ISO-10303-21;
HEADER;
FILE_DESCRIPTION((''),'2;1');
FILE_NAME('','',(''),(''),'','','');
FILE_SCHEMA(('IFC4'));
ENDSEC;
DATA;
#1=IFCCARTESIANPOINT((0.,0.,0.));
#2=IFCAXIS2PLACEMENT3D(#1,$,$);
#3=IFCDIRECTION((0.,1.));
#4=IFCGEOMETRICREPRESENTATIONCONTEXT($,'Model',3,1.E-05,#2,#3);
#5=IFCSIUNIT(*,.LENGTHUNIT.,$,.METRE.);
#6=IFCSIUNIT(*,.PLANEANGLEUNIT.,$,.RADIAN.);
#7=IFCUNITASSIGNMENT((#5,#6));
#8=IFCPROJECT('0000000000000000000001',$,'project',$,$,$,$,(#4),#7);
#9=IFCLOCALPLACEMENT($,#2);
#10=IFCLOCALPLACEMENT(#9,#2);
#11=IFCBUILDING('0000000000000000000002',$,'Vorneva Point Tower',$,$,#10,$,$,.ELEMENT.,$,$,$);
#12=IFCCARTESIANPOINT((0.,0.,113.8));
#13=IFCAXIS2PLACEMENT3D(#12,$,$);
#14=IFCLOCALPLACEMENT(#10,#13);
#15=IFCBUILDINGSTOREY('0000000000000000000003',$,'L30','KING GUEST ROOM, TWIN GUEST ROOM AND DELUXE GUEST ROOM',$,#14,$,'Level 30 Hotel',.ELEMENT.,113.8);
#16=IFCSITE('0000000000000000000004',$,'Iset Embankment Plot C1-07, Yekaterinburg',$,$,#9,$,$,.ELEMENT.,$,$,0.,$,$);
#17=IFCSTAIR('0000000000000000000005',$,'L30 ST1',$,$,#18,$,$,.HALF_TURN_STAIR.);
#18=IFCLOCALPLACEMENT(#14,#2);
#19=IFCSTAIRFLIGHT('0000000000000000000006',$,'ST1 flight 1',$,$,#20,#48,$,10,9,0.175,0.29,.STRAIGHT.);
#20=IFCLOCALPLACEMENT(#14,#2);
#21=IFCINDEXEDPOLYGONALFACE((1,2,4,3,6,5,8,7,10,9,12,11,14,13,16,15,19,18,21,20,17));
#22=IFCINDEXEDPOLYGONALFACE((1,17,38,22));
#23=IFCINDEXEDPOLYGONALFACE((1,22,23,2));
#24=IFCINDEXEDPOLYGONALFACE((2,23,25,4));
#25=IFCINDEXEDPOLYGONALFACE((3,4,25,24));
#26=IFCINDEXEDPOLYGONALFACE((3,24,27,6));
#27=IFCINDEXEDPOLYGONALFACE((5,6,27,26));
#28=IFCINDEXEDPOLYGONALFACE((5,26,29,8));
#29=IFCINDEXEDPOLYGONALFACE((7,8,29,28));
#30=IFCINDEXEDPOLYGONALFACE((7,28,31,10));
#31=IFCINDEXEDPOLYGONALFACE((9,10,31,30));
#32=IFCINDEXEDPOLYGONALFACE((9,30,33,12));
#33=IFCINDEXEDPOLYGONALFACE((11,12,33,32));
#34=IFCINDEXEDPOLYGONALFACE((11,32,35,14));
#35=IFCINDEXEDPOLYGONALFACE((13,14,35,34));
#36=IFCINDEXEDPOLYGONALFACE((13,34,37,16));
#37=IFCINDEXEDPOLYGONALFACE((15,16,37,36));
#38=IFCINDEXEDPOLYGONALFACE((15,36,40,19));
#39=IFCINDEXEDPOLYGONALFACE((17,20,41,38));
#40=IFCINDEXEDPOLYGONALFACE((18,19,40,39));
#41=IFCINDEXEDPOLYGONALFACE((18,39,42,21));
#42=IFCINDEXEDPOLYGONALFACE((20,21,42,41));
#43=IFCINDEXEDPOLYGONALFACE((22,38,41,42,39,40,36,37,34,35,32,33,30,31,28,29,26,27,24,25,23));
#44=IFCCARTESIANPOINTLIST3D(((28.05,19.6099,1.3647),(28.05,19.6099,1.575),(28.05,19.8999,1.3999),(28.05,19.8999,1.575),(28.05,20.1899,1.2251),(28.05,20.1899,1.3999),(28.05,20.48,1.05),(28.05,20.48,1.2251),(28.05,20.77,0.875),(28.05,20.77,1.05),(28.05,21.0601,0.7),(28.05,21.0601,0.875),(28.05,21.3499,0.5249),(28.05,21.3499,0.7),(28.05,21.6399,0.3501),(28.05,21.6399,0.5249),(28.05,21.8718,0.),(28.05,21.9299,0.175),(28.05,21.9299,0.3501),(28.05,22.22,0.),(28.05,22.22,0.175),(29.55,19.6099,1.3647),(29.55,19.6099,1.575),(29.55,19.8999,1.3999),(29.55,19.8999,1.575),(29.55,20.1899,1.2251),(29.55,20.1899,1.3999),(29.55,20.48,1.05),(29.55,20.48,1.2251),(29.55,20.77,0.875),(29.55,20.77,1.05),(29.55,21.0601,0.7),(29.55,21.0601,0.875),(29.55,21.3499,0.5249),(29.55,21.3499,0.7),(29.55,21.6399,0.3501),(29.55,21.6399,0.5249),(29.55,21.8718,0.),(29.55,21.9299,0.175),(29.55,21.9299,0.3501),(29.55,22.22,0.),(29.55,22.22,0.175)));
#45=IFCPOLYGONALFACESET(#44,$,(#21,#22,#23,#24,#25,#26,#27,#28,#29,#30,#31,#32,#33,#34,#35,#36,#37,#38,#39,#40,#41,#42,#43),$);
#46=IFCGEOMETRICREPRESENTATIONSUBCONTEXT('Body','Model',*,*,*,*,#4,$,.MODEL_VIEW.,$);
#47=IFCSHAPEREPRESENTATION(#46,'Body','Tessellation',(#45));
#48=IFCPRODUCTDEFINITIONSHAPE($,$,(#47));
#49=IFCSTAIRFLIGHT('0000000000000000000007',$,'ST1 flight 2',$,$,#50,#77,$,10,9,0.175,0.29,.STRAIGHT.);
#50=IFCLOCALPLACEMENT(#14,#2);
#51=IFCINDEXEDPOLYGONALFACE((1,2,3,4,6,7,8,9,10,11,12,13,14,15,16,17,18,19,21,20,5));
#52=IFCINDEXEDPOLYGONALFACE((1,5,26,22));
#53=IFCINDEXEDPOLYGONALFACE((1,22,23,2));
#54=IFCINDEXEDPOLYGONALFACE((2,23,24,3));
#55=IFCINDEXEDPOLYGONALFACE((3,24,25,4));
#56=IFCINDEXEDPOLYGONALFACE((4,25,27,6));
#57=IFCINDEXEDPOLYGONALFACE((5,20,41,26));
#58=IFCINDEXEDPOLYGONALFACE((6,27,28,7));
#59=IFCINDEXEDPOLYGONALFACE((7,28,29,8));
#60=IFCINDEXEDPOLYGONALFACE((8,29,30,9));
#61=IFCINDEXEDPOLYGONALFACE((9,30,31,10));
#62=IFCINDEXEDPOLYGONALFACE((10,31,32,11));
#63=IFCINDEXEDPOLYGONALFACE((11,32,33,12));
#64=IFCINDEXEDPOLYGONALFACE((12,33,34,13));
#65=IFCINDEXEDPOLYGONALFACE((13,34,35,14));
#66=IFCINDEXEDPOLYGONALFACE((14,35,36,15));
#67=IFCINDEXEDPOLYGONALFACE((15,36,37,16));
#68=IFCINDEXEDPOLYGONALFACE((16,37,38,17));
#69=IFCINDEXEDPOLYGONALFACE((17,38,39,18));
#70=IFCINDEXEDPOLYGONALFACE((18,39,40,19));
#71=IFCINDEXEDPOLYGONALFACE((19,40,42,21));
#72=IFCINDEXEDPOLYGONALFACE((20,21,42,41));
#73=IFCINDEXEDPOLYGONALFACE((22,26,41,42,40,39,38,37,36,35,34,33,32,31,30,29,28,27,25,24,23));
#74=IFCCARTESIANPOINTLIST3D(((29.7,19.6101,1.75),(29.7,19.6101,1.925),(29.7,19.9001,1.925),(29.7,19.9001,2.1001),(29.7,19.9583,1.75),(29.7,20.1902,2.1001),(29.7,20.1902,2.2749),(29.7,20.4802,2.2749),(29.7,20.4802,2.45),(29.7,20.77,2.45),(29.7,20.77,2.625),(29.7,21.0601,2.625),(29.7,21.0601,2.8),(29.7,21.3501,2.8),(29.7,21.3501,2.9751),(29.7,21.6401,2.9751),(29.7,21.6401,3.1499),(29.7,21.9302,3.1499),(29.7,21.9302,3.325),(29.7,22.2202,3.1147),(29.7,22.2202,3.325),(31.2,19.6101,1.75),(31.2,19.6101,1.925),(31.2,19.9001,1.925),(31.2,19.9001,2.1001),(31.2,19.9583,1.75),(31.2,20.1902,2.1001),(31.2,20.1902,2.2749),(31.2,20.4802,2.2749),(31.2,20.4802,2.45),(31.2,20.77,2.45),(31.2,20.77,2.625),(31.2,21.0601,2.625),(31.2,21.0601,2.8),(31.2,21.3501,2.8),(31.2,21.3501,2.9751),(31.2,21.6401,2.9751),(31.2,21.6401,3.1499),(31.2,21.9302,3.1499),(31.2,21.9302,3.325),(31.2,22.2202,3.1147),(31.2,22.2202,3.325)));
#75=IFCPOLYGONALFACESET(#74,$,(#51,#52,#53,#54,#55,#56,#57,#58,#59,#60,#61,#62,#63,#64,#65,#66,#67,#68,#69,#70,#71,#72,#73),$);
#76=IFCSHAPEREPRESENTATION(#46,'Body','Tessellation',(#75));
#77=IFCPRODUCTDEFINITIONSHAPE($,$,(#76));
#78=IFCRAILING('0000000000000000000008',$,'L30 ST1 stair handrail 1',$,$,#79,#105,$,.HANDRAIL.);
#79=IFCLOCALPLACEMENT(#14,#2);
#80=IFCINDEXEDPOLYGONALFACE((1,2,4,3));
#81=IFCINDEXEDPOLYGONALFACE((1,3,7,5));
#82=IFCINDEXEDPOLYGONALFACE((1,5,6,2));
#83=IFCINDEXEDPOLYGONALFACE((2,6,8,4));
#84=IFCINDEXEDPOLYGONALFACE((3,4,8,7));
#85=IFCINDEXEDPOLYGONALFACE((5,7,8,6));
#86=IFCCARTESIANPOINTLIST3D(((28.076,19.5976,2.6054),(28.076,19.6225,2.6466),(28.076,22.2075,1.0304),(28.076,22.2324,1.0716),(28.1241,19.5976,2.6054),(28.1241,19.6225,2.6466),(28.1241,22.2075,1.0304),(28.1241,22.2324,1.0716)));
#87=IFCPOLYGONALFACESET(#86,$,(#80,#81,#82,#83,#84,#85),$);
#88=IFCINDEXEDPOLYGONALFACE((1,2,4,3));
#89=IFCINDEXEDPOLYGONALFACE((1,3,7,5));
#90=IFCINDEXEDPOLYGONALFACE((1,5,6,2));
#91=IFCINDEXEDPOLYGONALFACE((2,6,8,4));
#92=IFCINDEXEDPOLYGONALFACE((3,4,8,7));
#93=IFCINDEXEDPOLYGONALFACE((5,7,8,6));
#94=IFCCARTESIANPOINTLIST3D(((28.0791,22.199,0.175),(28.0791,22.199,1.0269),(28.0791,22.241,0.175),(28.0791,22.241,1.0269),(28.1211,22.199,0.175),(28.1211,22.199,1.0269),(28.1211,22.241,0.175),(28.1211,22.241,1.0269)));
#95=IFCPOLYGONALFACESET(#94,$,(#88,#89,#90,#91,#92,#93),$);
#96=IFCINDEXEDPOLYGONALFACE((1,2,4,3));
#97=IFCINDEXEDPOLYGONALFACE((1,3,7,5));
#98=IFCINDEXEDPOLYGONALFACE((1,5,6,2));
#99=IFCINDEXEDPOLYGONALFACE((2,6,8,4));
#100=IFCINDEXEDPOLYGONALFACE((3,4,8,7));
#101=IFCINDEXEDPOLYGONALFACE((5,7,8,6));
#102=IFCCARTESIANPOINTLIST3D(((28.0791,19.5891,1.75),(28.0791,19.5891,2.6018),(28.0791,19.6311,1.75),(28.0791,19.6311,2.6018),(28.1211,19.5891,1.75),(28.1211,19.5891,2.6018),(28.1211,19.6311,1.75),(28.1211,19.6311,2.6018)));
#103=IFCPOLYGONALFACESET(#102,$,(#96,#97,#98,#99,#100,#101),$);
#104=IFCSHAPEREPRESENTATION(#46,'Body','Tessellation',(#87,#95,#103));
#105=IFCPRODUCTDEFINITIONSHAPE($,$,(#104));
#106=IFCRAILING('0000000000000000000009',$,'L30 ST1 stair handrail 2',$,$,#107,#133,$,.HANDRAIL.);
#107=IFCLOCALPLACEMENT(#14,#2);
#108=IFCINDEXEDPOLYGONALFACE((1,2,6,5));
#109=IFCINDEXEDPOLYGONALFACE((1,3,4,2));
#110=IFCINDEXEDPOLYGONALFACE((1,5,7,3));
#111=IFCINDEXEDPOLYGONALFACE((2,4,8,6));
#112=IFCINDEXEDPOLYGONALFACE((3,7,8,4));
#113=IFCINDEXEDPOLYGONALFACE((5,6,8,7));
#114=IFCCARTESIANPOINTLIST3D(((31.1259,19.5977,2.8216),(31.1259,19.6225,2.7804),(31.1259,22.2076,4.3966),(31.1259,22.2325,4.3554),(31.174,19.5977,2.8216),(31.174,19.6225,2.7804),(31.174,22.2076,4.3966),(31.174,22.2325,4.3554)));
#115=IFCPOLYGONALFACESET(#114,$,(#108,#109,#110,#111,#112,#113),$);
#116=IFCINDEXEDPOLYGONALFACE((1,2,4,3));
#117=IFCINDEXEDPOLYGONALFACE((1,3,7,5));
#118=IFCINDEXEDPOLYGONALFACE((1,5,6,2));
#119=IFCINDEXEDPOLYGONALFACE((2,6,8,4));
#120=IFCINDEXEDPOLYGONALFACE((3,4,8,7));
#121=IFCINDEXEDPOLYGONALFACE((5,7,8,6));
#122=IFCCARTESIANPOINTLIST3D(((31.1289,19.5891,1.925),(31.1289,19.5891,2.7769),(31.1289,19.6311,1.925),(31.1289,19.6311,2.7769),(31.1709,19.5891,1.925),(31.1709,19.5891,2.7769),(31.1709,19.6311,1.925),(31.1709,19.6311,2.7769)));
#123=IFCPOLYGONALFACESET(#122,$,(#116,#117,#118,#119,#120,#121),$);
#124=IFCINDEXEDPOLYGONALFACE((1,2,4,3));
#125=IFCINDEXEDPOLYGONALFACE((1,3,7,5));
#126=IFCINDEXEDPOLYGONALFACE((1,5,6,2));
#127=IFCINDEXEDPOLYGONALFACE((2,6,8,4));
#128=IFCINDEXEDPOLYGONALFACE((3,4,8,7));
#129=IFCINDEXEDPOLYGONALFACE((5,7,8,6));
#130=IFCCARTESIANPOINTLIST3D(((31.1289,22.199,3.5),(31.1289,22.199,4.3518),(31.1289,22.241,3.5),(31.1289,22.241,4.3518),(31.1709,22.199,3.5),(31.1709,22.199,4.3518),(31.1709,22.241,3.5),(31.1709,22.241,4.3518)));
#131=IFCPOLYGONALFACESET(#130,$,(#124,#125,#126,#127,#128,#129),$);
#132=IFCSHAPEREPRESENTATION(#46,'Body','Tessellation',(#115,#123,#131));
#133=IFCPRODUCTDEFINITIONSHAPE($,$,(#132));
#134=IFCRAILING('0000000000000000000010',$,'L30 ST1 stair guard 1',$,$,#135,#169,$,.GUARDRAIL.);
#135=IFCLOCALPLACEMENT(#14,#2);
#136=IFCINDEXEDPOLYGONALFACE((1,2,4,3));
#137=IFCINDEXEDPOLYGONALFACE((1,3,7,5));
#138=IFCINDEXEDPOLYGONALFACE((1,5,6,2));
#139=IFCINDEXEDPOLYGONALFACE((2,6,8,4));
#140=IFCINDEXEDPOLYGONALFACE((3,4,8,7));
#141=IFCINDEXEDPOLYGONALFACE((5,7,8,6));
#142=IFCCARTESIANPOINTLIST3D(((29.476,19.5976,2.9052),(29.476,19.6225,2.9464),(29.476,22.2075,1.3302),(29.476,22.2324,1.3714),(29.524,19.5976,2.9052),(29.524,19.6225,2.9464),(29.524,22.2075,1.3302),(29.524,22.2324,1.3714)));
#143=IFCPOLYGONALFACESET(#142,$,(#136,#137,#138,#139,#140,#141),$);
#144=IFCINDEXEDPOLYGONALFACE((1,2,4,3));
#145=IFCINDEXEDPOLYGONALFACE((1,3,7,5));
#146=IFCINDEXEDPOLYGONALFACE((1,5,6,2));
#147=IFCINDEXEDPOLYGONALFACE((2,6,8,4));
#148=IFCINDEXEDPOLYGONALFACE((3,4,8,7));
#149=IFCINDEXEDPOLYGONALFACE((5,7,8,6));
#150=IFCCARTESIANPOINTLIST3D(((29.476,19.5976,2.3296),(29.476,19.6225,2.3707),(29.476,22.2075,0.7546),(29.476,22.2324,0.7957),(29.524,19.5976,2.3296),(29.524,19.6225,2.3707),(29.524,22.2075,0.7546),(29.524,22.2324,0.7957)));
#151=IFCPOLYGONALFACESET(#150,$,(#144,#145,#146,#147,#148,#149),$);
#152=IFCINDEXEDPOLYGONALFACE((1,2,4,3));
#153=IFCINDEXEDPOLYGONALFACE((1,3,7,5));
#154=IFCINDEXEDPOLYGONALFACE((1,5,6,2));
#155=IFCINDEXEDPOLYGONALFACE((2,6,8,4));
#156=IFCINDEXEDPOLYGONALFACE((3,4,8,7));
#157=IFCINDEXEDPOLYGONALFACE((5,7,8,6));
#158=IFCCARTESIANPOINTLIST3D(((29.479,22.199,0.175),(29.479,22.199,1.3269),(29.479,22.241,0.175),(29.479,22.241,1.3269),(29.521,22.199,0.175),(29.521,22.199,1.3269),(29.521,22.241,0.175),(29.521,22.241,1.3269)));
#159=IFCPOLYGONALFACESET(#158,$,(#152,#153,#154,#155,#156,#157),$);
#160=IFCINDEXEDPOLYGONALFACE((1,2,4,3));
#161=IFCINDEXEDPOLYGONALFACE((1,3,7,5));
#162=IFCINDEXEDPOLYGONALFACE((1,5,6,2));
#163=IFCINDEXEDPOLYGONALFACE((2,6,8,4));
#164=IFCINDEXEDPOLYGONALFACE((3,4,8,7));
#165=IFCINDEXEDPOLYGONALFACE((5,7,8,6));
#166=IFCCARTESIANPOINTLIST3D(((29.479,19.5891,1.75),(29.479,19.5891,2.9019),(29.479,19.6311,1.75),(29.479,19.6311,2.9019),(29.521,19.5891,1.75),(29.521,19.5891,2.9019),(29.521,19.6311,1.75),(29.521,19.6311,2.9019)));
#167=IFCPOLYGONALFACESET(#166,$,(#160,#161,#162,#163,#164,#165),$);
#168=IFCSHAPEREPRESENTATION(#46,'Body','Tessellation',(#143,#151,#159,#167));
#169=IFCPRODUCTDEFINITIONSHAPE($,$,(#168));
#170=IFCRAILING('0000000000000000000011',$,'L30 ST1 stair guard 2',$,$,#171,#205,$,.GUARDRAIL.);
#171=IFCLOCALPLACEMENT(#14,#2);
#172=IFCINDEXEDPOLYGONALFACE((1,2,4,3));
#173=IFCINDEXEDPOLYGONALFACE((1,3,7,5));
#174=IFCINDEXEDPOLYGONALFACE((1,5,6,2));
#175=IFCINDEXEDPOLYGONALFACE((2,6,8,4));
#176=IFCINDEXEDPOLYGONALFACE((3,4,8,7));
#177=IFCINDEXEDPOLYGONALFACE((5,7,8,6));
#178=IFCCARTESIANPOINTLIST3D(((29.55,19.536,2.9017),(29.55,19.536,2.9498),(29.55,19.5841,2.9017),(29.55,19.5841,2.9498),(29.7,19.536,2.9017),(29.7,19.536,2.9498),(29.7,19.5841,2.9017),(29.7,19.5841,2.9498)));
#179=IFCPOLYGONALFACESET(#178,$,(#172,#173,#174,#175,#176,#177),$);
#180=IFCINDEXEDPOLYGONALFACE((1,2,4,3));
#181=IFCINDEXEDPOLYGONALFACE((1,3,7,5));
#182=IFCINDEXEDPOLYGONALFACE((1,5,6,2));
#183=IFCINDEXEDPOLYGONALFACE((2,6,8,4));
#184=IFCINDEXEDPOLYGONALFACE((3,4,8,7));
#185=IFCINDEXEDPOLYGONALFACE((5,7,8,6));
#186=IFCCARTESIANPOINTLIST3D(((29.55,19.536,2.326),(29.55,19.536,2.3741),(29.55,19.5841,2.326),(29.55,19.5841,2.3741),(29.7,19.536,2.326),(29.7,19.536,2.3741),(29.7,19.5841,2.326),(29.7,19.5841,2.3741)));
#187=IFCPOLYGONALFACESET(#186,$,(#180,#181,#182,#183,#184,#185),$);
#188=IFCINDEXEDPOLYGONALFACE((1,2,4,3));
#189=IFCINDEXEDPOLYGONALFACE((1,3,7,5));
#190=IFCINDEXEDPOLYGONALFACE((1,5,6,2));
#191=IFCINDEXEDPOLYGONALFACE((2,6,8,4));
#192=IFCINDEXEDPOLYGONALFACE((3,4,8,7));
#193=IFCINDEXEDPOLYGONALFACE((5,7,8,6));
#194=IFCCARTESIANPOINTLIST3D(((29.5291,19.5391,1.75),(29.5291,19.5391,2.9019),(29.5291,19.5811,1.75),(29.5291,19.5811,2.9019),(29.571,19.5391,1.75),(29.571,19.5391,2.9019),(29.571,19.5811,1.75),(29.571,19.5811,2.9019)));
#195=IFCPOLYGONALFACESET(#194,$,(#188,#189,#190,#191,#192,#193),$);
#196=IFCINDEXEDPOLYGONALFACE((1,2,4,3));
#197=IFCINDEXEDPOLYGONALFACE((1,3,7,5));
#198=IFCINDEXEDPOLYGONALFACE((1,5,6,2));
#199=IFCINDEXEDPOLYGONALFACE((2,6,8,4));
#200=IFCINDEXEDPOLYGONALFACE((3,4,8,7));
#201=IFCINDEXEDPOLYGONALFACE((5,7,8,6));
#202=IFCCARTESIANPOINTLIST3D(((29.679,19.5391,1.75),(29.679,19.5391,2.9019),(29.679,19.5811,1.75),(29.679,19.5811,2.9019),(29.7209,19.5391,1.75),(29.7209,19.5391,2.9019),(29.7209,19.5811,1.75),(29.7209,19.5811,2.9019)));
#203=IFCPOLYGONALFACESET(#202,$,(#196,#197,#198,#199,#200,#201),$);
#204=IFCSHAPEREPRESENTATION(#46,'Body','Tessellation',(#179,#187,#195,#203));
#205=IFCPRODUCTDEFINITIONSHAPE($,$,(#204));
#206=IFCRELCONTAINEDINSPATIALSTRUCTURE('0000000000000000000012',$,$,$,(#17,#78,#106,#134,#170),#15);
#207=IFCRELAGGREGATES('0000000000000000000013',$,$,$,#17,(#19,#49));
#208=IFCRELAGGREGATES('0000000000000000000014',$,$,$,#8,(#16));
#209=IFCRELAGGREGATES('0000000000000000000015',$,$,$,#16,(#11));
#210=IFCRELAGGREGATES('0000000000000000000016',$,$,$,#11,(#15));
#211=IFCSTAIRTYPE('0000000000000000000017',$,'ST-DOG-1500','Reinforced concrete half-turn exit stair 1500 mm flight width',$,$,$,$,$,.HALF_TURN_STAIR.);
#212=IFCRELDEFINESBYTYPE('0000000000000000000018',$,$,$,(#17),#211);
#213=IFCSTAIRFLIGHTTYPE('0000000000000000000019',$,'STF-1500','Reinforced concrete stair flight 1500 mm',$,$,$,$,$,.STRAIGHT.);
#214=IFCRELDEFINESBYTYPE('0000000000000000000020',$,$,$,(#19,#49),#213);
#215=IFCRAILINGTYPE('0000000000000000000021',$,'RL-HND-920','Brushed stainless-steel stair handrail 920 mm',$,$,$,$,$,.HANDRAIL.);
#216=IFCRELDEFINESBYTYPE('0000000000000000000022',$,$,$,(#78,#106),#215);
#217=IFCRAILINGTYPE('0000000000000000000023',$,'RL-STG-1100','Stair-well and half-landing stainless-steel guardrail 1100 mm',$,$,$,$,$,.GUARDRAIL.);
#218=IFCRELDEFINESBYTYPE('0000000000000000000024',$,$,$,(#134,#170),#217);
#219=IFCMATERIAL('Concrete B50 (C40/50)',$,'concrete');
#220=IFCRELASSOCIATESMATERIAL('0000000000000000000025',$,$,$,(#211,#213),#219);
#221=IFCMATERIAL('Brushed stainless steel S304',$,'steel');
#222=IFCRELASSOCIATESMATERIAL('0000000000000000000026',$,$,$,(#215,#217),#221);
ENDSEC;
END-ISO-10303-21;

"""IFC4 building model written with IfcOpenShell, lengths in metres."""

from ifc_helpers import new_model, si_unit, direction, frame, origin, origin_2d, place, context, subcontext, project, spatial, polyline, rectangle, outline, extrude, material, type_object, element, aggregate, save


model = new_model("IFC4")

# Units and contexts
model_context = context("Model", 3, precision=1e-05, world=origin(), true_north=direction((0.0, 1.0)))
body_context = subcontext(model_context, "Body", "Model", "MODEL_VIEW")
ifc_project = project(units=[si_unit("LENGTHUNIT", "METRE"), si_unit("PLANEANGLEUNIT", "RADIAN")], contexts=[model_context])

# Site, building, storey
site_placement = place(None, origin())
site = spatial("IfcSite", under=ifc_project, at=site_placement, Name="Iset Embankment Plot C1-07, Yekaterinburg", CompositionType="ELEMENT", RefElevation=0.0)
building_placement = place(site_placement, origin())
building = spatial("IfcBuilding", under=site, at=building_placement, Name="Vorneva Point Tower", CompositionType="ELEMENT")
storey_placement = place(building_placement, frame((0.0, 0.0, 113.8)))
storey = spatial("IfcBuildingStorey", under=building, at=storey_placement, Name="L30", Description="KING GUEST ROOM, TWIN GUEST ROOM AND DELUXE GUEST ROOM", LongName="Level 30 Hotel", CompositionType="ELEMENT", Elevation=113.8)

# Shared definitions
ifc_material_1 = material(Name="Concrete B50 (C40/50)", Category="concrete")

# Stair, stair flights
stair_type = type_object("IfcStairType", Name="ST-DOG-1500", Description="Reinforced concrete half-turn exit stair 1500 mm flight width", PredefinedType="HALF_TURN_STAIR", material=ifc_material_1)
stair_placement = place(storey_placement, origin())
stair = element("IfcStair", 1, at=stair_placement, inside=storey, type_object=stair_type, Name="L30 ST1", PredefinedType="HALF_TURN_STAIR")
stair_flight_type = type_object("IfcStairFlightType", Name="STF-1500", Description="Reinforced concrete stair flight 1500 mm", PredefinedType="STRAIGHT", material=ifc_material_1)
stair_flight_1_placement = place(storey_placement, frame((28.8, 22.22, 0.0), z_axis=(0.0, 0.0, 1.0), x_axis=(0.0, -1.0, 0.0)))
stair_flight_1 = element("IfcStairFlight", 2, at=stair_flight_1_placement, type_object=stair_flight_type, Name="ST1 flight 1", NumberOfRisers=10, NumberOfTreads=9, PredefinedType="STRAIGHT", RiserHeight=0.175, TreadLength=0.29, context=body_context, shape_type="SweptSolid", body=[
    extrude(outline(polyline([(0.0, 0.0), (0.0, 0.175), (0.29, 0.175), (0.29, 0.3501), (0.5801, 0.3501), (0.5801, 0.5249), (0.8701, 0.5249), (0.8701, 0.7), (1.1599, 0.7), (1.1599, 0.875), (1.45, 0.875), (1.45, 1.05), (1.74, 1.05), (1.74, 1.2251), (2.03, 1.2251), (2.03, 1.3999), (2.3201, 1.3999), (2.3201, 1.575), (2.6101, 1.575), (2.6101, 1.75), (2.6101, 1.3647), (0.3481, 0.0), (0.0, 0.0)])), frame((0.0, 0.75, 0.0), z_axis=(0.0, -1.0, 0.0), x_axis=(1.0, 0.0, 0.0)), (0.0, 0.0, 1.0), 1.5),
])
stair_flight_2_placement = place(storey_placement, frame((30.45, 19.6101, 1.75), z_axis=(0.0, 0.0, 1.0), x_axis=(0.0, 1.0, 0.0)))
stair_flight_2 = element("IfcStairFlight", 3, at=stair_flight_2_placement, type_object=stair_flight_type, Name="ST1 flight 2", NumberOfRisers=10, NumberOfTreads=9, PredefinedType="STRAIGHT", RiserHeight=0.175, TreadLength=0.29, context=body_context, shape_type="SweptSolid", body=[
    extrude(outline(polyline([(0.0, 0.0), (0.0, 0.175), (0.29, 0.175), (0.29, 0.3501), (0.5801, 0.3501), (0.5801, 0.5249), (0.8701, 0.5249), (0.8701, 0.7), (1.1599, 0.7), (1.1599, 0.875), (1.45, 0.875), (1.45, 1.05), (1.74, 1.05), (1.74, 1.2251), (2.03, 1.2251), (2.03, 1.3999), (2.3201, 1.3999), (2.3201, 1.575), (2.6101, 1.575), (2.6101, 1.75), (2.6101, 1.3647), (0.3481, 0.0), (0.0, 0.0)])), frame((0.0, 0.75, 0.0), z_axis=(0.0, -1.0, 0.0), x_axis=(1.0, 0.0, 0.0)), (0.0, 0.0, 1.0), 1.5),
])
aggregate(stair, [stair_flight_1, stair_flight_2])

# Railings
ifc_material_2 = material(Name="Brushed stainless steel S304", Category="steel")
railing_type_1 = type_object("IfcRailingType", Name="RL-HND-920", Description="Brushed stainless-steel stair handrail 920 mm", PredefinedType="HANDRAIL", material=ifc_material_2)
railing_1_placement = place(storey_placement, frame((28.1001, 22.22, 0.175)))
element("IfcRailing", 4, at=railing_1_placement, inside=storey, type_object=railing_type_1, Name="L30 ST1 stair handrail 1", PredefinedType="HANDRAIL", context=body_context, shape_type="SweptSolid", body=[
    extrude(rectangle(XDim=0.0481, YDim=0.0481, at=origin_2d()), frame((0.0, 0.0, 0.876), z_axis=(0.0, -0.856183, 0.516673), x_axis=(1.0, 0.0, 0.0)), (0.0, 0.0, 1.0), 3.0483),
    extrude(rectangle(XDim=0.042, YDim=0.042, at=origin_2d()), origin(), (0.0, 0.0, 1.0), 0.8518),
    extrude(rectangle(XDim=0.042, YDim=0.042, at=origin_2d()), frame((0.0, -2.6099, 1.575)), (0.0, 0.0, 1.0), 0.8518),
])
railing_2_placement = place(storey_placement, frame((31.1499, 19.6101, 1.925)))
element("IfcRailing", 5, at=railing_2_placement, inside=storey, type_object=railing_type_1, Name="L30 ST1 stair handrail 2", PredefinedType="HANDRAIL", context=body_context, shape_type="SweptSolid", body=[
    extrude(rectangle(XDim=0.0481, YDim=0.0481, at=origin_2d()), frame((0.0, 0.0, 0.876), z_axis=(0.0, 0.856183, 0.516673), x_axis=(-1.0, 0.0, 0.0)), (0.0, 0.0, 1.0), 3.0483),
    extrude(rectangle(XDim=0.042, YDim=0.042, at=origin_2d()), origin(), (0.0, 0.0, 1.0), 0.8518),
    extrude(rectangle(XDim=0.042, YDim=0.042, at=origin_2d()), frame((0.0, 2.6099, 1.575)), (0.0, 0.0, 1.0), 0.8518),
])
railing_type_2 = type_object("IfcRailingType", Name="RL-STG-1100", Description="Stair-well and half-landing stainless-steel guardrail 1100 mm", PredefinedType="GUARDRAIL", material=ifc_material_2)
railing_3_placement = place(storey_placement, frame((29.5, 22.22, 0.175)))
element("IfcRailing", 6, at=railing_3_placement, inside=storey, type_object=railing_type_2, Name="L30 ST1 stair guard 1", PredefinedType="GUARDRAIL", context=body_context, shape_type="SweptSolid", body=[
    extrude(rectangle(XDim=0.0481, YDim=0.0481, at=origin_2d()), frame((0.0, 0.0, 1.1758), z_axis=(0.0, -0.856183, 0.516673), x_axis=(1.0, 0.0, 0.0)), (0.0, 0.0, 1.0), 3.0483),
    extrude(rectangle(XDim=0.0481, YDim=0.0481, at=origin_2d()), frame((0.0, 0.0, 0.6001), z_axis=(0.0, -0.856183, 0.516673), x_axis=(1.0, 0.0, 0.0)), (0.0, 0.0, 1.0), 3.0483),
    extrude(rectangle(XDim=0.042, YDim=0.042, at=origin_2d()), origin(), (0.0, 0.0, 1.0), 1.1519),
    extrude(rectangle(XDim=0.042, YDim=0.042, at=origin_2d()), frame((0.0, -2.6099, 1.575)), (0.0, 0.0, 1.0), 1.1519),
])
railing_4_placement = place(storey_placement, frame((29.55, 19.5601, 1.75)))
element("IfcRailing", 7, at=railing_4_placement, inside=storey, type_object=railing_type_2, Name="L30 ST1 stair guard 2", PredefinedType="GUARDRAIL", context=body_context, shape_type="SweptSolid", body=[
    extrude(rectangle(XDim=0.0481, YDim=0.0481, at=origin_2d()), frame((0.0, 0.0, 1.1758), z_axis=(1.0, 0.0, 0.0), x_axis=(0.0, 1.0, 0.0)), (0.0, 0.0, 1.0), 0.1499),
    extrude(rectangle(XDim=0.0481, YDim=0.0481, at=origin_2d()), frame((0.0, 0.0, 0.6001), z_axis=(1.0, 0.0, 0.0), x_axis=(0.0, 1.0, 0.0)), (0.0, 0.0, 1.0), 0.1499),
    extrude(rectangle(XDim=0.042, YDim=0.042, at=origin_2d()), origin(), (0.0, 0.0, 1.0), 1.1519),
    extrude(rectangle(XDim=0.042, YDim=0.042, at=origin_2d()), frame((0.1499, 0.0, 0.0)), (0.0, 0.0, 1.0), 1.1519),
])

save(model, "model.ifc")
